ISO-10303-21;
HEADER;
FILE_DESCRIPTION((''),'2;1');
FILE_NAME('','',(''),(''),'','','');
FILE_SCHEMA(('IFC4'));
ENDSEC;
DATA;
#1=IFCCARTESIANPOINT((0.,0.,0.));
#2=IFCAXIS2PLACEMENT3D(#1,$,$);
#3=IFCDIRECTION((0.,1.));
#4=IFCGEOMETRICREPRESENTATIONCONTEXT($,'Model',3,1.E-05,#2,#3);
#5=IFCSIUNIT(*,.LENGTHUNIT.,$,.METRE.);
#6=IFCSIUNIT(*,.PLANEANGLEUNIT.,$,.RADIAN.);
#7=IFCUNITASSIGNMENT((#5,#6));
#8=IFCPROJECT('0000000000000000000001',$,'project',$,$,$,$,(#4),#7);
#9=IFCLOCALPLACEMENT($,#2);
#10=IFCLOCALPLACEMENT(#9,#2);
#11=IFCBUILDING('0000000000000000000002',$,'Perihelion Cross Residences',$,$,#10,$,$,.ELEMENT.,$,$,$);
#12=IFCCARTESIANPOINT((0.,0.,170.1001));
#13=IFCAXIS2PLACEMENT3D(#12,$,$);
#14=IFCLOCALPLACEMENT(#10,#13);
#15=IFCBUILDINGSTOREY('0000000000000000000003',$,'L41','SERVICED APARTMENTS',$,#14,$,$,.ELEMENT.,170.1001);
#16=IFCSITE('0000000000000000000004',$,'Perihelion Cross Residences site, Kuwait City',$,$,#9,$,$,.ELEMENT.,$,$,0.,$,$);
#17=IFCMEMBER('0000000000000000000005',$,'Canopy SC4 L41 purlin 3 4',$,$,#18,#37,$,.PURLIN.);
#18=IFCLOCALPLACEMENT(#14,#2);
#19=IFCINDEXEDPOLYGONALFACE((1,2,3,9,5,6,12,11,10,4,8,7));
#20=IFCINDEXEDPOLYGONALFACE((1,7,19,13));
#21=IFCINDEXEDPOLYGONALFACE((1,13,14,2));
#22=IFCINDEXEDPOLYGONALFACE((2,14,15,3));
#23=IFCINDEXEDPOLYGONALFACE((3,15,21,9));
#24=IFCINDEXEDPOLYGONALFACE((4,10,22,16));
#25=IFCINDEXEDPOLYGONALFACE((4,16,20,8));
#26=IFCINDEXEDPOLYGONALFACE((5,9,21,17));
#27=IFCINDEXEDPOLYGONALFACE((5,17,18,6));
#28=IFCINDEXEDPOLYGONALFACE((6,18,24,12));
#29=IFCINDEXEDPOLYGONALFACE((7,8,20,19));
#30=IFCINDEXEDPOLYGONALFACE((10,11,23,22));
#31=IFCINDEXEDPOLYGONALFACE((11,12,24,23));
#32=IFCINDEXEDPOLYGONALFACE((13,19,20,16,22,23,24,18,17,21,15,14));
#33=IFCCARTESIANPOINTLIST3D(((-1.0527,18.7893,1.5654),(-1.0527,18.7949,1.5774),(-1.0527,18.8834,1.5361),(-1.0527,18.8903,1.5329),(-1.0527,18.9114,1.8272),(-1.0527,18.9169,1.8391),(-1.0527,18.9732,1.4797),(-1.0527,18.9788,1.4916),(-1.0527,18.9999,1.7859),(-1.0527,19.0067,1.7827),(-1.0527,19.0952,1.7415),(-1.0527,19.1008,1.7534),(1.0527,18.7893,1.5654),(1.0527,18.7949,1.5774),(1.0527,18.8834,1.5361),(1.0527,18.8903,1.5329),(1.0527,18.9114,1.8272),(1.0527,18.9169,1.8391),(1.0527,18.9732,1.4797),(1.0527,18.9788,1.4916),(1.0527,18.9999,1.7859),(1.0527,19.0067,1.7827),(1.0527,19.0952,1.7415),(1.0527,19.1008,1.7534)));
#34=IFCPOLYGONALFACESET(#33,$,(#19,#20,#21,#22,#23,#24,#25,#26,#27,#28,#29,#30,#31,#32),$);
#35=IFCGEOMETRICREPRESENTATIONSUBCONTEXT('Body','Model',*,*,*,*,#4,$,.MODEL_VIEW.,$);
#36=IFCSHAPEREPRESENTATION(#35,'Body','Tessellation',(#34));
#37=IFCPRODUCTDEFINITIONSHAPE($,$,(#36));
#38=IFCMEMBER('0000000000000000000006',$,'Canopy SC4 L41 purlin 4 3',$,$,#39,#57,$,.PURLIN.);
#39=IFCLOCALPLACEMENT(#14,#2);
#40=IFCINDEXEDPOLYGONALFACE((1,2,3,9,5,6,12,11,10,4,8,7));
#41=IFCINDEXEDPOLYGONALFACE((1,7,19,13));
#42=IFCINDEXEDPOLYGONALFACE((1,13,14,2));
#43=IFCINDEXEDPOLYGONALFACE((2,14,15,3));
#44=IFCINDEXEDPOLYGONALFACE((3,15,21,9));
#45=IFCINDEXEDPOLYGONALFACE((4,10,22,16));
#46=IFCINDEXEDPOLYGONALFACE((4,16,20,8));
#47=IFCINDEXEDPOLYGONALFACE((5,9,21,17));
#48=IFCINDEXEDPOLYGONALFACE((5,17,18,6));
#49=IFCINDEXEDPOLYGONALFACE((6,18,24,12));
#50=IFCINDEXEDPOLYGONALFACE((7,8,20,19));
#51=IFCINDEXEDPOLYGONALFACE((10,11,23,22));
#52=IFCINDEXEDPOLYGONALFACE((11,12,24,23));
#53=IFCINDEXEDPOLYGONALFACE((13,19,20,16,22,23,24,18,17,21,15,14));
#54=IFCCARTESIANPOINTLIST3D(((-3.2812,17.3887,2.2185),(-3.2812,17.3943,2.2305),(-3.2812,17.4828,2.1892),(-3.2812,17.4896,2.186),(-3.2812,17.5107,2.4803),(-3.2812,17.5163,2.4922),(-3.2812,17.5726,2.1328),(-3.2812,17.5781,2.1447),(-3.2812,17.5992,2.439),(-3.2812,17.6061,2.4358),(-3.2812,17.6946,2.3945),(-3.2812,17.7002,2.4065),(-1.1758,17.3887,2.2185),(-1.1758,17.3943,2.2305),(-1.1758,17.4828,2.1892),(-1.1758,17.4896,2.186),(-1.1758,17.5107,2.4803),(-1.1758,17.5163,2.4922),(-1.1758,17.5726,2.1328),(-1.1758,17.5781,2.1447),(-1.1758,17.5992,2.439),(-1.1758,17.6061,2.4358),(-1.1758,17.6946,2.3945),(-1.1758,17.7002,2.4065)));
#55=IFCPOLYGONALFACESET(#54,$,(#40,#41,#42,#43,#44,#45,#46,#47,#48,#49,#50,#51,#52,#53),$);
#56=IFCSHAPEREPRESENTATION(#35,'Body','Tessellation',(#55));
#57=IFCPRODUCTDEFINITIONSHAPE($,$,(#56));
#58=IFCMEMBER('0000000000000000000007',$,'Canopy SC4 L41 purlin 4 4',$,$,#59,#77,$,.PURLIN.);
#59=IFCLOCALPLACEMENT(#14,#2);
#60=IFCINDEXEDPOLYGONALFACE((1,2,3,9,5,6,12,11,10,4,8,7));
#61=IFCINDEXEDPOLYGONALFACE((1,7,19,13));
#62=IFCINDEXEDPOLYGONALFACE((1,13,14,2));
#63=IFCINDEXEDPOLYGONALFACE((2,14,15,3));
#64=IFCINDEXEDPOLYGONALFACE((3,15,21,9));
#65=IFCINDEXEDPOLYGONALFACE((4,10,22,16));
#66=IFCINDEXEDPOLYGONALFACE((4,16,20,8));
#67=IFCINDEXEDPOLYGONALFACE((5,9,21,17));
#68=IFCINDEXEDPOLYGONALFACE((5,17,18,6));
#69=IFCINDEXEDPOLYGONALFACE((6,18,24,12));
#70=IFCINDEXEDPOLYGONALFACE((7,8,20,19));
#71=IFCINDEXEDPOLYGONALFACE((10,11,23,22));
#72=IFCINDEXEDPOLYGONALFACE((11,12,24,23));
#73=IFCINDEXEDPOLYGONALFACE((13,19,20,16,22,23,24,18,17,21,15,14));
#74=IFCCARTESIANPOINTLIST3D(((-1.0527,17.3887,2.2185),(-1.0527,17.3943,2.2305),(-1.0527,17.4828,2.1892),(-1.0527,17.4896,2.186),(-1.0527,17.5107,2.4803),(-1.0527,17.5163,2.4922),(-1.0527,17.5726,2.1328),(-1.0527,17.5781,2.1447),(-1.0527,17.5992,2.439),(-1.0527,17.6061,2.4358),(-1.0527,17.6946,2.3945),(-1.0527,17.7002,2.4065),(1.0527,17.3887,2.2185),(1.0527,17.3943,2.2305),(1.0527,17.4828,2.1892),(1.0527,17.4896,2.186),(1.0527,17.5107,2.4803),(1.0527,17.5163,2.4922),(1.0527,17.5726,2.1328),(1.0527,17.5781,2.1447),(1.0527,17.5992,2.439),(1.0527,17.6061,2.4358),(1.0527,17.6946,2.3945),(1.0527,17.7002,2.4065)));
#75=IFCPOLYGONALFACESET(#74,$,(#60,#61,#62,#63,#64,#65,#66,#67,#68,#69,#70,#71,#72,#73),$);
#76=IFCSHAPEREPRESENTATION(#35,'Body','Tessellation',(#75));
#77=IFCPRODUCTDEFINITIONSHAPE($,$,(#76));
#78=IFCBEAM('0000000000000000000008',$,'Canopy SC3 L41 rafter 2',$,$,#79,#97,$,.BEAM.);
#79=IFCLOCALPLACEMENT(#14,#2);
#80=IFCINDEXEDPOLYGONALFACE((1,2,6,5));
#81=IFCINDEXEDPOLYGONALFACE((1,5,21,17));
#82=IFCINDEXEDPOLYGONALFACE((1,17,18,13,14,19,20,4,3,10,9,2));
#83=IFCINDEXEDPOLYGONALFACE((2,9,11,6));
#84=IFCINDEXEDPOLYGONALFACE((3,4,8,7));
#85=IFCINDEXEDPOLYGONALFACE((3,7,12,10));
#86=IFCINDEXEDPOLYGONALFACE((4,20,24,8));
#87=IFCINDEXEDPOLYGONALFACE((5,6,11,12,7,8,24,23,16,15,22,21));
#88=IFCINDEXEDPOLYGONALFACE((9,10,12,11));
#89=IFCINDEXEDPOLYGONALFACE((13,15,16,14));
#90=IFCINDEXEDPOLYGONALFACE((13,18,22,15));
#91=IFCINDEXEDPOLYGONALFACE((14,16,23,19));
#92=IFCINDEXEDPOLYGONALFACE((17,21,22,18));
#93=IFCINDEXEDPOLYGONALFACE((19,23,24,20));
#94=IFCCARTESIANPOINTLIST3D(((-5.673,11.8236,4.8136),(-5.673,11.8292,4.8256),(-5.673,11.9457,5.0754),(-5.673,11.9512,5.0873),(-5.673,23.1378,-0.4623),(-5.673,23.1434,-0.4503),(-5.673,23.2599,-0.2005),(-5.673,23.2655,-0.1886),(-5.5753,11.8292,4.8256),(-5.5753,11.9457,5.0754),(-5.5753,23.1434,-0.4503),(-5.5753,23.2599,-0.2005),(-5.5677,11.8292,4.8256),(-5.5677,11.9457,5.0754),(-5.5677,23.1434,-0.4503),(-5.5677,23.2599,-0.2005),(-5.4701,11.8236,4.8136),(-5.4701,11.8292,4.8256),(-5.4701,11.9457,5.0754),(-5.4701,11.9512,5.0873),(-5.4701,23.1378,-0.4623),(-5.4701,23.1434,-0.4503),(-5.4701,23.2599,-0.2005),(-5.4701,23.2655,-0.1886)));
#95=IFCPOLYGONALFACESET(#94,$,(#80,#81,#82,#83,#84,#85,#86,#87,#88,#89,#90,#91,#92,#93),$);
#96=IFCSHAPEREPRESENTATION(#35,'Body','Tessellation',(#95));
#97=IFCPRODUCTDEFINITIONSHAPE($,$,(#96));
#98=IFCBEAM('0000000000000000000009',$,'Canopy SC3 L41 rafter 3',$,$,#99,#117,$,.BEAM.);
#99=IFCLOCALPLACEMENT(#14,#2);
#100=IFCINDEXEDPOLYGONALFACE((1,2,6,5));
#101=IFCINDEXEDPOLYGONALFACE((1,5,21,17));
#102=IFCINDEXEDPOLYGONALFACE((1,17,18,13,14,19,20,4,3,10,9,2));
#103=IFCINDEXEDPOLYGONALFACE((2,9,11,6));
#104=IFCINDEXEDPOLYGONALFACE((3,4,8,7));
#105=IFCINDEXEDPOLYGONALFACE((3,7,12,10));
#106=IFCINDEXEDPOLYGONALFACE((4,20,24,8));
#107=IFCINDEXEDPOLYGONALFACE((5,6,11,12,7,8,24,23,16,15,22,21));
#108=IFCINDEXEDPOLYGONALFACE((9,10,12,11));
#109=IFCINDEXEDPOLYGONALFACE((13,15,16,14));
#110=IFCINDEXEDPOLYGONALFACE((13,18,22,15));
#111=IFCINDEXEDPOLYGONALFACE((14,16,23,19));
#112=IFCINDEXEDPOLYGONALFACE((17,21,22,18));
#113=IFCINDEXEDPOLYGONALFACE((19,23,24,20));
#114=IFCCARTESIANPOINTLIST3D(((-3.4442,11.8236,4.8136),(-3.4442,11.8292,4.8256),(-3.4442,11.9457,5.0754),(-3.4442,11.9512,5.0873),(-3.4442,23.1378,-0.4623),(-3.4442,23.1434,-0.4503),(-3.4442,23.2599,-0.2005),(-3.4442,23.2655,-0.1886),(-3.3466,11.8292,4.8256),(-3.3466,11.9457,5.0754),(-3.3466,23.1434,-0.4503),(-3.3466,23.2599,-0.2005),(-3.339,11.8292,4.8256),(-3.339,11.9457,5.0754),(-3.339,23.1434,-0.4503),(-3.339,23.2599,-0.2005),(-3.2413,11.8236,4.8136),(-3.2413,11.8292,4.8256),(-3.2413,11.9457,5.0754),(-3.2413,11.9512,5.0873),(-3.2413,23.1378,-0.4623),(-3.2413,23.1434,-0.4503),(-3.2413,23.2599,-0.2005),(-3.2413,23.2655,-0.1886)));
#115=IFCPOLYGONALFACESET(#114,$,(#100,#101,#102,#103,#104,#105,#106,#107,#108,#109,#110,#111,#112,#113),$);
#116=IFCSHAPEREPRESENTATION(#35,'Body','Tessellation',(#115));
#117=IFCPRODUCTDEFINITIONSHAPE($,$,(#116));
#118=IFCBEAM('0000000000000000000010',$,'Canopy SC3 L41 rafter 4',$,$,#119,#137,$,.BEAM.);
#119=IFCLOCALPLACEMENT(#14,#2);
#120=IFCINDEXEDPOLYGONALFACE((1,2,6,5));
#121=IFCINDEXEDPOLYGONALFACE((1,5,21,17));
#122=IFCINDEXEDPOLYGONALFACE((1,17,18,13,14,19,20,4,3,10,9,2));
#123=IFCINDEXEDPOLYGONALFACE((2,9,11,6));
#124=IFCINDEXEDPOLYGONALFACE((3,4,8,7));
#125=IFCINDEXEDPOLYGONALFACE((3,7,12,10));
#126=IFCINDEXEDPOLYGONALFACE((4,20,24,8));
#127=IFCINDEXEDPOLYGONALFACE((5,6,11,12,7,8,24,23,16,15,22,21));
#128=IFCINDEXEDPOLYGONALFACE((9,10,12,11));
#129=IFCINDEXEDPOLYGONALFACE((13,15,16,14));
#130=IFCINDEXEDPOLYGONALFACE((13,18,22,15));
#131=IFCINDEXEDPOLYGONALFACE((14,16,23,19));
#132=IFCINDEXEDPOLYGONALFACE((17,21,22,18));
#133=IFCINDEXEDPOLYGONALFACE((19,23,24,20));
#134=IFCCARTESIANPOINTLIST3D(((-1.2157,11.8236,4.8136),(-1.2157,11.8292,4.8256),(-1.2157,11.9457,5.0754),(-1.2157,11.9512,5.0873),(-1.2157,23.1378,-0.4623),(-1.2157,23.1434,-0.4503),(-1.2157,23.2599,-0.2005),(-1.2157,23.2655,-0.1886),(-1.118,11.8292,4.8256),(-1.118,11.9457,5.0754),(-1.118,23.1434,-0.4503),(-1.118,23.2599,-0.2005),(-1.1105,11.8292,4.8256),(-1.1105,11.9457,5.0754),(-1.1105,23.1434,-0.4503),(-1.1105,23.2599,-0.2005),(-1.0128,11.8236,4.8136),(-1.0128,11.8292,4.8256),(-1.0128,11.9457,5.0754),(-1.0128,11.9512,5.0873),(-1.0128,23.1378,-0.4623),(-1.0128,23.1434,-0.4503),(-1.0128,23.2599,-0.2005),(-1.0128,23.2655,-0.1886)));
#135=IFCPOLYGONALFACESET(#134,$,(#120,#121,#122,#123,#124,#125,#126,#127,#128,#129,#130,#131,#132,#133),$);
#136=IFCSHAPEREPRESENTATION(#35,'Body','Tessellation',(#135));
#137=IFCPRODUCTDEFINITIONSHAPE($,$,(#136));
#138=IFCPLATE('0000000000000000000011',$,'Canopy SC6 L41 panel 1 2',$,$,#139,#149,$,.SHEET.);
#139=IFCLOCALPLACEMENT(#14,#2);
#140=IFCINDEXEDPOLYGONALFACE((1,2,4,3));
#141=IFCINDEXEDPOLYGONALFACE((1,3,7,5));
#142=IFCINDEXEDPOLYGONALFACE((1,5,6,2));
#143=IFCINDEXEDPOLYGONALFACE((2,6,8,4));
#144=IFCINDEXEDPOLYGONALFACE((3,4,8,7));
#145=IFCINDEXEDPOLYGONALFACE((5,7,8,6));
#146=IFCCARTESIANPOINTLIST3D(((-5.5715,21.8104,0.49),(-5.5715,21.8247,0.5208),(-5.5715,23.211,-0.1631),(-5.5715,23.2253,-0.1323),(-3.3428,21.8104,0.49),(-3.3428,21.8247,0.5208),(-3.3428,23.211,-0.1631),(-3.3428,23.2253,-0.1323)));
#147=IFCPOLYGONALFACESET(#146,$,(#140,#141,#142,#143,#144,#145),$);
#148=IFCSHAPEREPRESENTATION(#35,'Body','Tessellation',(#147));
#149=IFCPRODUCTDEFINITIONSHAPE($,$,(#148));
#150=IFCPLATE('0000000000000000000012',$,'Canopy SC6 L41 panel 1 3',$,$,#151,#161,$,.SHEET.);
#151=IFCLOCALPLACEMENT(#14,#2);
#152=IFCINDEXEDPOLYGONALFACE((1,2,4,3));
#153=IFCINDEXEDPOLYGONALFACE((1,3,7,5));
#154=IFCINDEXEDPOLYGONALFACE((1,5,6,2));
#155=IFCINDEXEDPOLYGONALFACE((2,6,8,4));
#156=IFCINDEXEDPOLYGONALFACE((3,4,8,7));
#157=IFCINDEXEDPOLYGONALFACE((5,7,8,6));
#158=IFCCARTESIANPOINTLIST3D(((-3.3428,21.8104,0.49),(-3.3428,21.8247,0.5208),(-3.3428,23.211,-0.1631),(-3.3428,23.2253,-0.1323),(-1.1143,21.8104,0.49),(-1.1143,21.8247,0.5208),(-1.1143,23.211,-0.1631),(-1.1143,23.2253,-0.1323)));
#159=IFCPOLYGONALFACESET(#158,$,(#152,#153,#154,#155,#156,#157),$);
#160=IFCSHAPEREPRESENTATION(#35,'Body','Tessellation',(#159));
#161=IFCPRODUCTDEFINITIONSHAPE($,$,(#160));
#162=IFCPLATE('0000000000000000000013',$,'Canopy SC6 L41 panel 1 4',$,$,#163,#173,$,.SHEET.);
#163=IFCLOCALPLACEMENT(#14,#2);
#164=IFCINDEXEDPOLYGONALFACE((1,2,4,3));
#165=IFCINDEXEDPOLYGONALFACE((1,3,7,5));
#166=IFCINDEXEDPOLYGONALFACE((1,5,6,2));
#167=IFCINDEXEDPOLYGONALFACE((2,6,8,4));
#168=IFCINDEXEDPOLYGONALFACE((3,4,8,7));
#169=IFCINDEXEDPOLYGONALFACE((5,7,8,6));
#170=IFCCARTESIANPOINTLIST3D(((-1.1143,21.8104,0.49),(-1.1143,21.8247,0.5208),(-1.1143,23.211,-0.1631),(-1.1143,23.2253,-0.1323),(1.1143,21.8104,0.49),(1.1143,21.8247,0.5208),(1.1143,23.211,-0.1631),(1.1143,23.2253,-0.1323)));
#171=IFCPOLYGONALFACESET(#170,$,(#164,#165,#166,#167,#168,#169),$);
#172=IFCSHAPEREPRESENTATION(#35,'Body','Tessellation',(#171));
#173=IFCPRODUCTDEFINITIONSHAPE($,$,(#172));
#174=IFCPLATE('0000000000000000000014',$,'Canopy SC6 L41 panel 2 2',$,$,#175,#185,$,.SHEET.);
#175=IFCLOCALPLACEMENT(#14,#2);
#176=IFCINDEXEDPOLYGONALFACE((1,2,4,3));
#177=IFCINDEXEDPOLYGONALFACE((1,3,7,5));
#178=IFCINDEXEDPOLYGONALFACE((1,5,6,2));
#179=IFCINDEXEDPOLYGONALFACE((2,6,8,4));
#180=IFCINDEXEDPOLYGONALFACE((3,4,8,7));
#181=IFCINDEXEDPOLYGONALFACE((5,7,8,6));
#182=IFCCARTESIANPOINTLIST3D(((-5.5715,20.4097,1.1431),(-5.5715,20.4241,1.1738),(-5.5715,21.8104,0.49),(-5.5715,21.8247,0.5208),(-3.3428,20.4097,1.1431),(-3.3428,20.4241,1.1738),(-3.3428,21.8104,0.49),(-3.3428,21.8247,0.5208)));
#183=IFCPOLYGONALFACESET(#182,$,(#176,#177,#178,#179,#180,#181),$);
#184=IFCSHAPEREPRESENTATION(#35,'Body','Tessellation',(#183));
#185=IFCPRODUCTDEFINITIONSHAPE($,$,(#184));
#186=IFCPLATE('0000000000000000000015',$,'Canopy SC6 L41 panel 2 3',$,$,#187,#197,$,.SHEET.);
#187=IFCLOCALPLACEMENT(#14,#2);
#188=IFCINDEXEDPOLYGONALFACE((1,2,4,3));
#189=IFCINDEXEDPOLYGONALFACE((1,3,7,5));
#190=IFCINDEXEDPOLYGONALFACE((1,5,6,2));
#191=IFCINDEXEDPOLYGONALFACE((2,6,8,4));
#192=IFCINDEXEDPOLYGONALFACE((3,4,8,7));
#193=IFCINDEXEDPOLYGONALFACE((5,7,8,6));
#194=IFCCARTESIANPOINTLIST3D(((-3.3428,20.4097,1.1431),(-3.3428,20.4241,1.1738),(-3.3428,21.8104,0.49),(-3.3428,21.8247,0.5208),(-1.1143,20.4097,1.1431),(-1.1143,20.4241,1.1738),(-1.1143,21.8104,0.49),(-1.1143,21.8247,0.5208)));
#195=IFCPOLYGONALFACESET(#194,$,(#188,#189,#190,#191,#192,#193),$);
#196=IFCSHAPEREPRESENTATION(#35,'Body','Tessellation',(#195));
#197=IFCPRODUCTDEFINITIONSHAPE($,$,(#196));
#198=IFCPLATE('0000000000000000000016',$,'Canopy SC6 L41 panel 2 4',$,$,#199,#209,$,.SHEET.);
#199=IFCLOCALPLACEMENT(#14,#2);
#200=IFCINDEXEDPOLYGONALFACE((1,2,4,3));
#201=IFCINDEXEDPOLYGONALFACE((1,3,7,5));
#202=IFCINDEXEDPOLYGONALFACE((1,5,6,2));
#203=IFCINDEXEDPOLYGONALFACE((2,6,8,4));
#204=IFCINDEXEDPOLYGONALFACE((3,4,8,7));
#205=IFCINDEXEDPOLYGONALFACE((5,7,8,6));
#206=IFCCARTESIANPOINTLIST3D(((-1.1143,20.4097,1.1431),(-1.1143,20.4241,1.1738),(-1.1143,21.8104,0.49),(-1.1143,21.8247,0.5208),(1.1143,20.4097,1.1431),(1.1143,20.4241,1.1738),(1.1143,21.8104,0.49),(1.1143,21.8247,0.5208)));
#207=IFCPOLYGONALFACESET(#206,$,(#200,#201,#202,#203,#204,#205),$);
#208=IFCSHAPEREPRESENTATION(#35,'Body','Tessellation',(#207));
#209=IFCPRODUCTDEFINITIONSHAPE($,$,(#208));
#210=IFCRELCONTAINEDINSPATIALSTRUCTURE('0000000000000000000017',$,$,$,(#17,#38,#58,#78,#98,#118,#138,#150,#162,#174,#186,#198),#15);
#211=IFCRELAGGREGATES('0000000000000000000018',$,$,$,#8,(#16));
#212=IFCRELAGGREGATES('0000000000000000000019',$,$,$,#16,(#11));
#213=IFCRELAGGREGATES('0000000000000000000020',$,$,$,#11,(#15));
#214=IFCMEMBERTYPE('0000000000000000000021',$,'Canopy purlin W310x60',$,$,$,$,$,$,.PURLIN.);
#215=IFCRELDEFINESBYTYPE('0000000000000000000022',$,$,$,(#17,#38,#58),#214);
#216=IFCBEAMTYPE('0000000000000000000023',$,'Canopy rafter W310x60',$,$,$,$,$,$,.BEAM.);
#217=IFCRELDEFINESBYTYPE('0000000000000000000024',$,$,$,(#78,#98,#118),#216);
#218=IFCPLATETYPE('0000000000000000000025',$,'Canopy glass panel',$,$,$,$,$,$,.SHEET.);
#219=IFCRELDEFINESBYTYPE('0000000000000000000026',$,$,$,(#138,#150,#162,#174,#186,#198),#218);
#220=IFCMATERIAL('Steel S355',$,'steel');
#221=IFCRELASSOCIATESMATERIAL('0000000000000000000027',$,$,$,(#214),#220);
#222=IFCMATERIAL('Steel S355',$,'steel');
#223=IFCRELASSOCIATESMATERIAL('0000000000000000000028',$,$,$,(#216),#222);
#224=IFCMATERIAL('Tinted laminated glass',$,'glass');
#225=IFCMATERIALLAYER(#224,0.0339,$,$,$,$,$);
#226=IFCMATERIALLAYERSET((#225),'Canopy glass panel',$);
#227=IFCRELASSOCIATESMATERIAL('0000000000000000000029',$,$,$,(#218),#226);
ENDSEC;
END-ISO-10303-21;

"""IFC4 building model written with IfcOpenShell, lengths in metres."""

from ifc_helpers import new_model, si_unit, direction, frame, origin, origin_2d, place, context, subcontext, project, spatial, polyline, i_section, outline, extrude, material, layer, layer_set, material_profile, profile_set, type_object, element, save


model = new_model("IFC4")

# Units and contexts
model_context = context("Model", 3, precision=1e-05, world=origin(), true_north=direction((0.0, 1.0)))
body_context = subcontext(model_context, "Body", "Model", "MODEL_VIEW")
ifc_project = project(units=[si_unit("LENGTHUNIT", "METRE"), si_unit("PLANEANGLEUNIT", "RADIAN")], contexts=[model_context])

# Site, building, storey
site_placement = place(None, origin())
site = spatial("IfcSite", under=ifc_project, at=site_placement, Name="Perihelion Cross Residences site, Kuwait City", CompositionType="ELEMENT", RefElevation=0.0)
building_placement = place(site_placement, origin())
building = spatial("IfcBuilding", under=site, at=building_placement, Name="Perihelion Cross Residences", CompositionType="ELEMENT")
storey_placement = place(building_placement, frame((0.0, 0.0, 170.1001)))
storey = spatial("IfcBuildingStorey", under=building, at=storey_placement, Name="L41", Description="SERVICED APARTMENTS", CompositionType="ELEMENT", Elevation=170.1001)

# Members
ifc_material_1 = material(Name="Steel S355", Category="steel")
ifc_material_profile_1 = material_profile(ifc_material_1, i_section(OverallWidth=0.2029, OverallDepth=0.302, WebThickness=0.0076, FlangeThickness=0.0132, at=origin_2d()), Name="W310x60")
ifc_profile_set_1 = profile_set([ifc_material_profile_1], Name="Steel S355")
member_type = type_object("IfcMemberType", Name="Canopy purlin W310x60", PredefinedType="PURLIN", material=ifc_profile_set_1)
for number, where, z_axis, x_axis, name in (
    (1, (-1.0527, 18.9451, 1.6594), (1.0, 0.0, 0.0), (0.0, 0.906308, -0.422618), "Canopy SC4 L41 purlin 3 4"),
    (2, (-3.2812, 17.5444, 2.3125), (1.0, 0.0, 0.0), (0.0, 0.906308, -0.422618), "Canopy SC4 L41 purlin 4 3"),
    (3, (-1.0527, 17.5444, 2.3125), (1.0, 0.0, 0.0), (0.0, 0.906308, -0.422618), "Canopy SC4 L41 purlin 4 4"),
):
    element("IfcMember", number, at=place(storey_placement, frame(where, z_axis=z_axis, x_axis=x_axis)), inside=storey, type_object=member_type, Name=name, PredefinedType="PURLIN", context=body_context, shape_type="SweptSolid", body=[
        extrude(i_section(OverallWidth=0.2029, OverallDepth=0.302, WebThickness=0.0076, FlangeThickness=0.0132, at=origin_2d()), origin(), (0.0, 0.0, 1.0), 2.1055),
    ])

# Beams
ifc_material_2 = material(Name="Steel S355", Category="steel")
ifc_material_profile_2 = material_profile(ifc_material_2, i_section(OverallWidth=0.2029, OverallDepth=0.302, WebThickness=0.0076, FlangeThickness=0.0132, at=origin_2d()), Name="W310x60")
ifc_profile_set_2 = profile_set([ifc_material_profile_2], Name="Steel S355")
beam_type = type_object("IfcBeamType", Name="Canopy rafter W310x60", PredefinedType="BEAM", material=ifc_profile_set_2)
for number, where, z_axis, x_axis, name in (
    (4, (-5.5715, 23.2017, -0.3254), (0.0, -0.906309, 0.422617), (1.0, 0.0, 0.0), "Canopy SC3 L41 rafter 2"),
    (5, (-3.3428, 23.2017, -0.3254), (0.0, -0.906309, 0.422617), (1.0, 0.0, 0.0), "Canopy SC3 L41 rafter 3"),
    (6, (-1.1143, 23.2017, -0.3254), (0.0, -0.906309, 0.422617), (1.0, 0.0, 0.0), "Canopy SC3 L41 rafter 4"),
):
    element("IfcBeam", number, at=place(storey_placement, frame(where, z_axis=z_axis, x_axis=x_axis)), inside=storey, type_object=beam_type, Name=name, PredefinedType="BEAM", context=body_context, shape_type="SweptSolid", body=[
        extrude(i_section(OverallWidth=0.2029, OverallDepth=0.302, WebThickness=0.0076, FlangeThickness=0.0132, at=origin_2d()), origin(), (0.0, 0.0, 1.0), 12.4839),
    ])

# Plates
ifc_material_3 = material(Name="Tinted laminated glass", Category="glass")
ifc_layer = layer(ifc_material_3, 0.0339)
ifc_layer_set = layer_set([ifc_layer], Name="Canopy glass panel")
plate_type = type_object("IfcPlateType", Name="Canopy glass panel", PredefinedType="SHEET", material=ifc_layer_set)
plate_1_placement = place(storey_placement, frame((-5.5715, 23.2253, -0.1323), z_axis=(0.0, 0.422591, 0.90632), x_axis=(1.0, 0.0, 0.0)))
element("IfcPlate", 7, at=plate_1_placement, inside=storey, type_object=plate_type, Name="Canopy SC6 L41 panel 1 2", PredefinedType="SHEET", context=body_context, shape_type="SweptSolid", body=[
    extrude(outline(polyline([(0.0, 0.0), (2.2288, 0.0), (2.2288, -1.5454), (0.0, -1.5454), (0.0, 0.0)])), origin(), (0.0, 0.0, -1.0), 0.0339),
])
for number, where, z_axis, x_axis, name in (
    (8, (-3.3428, 23.2253, -0.1323), (0.0, 0.422591, 0.90632), (1.0, 0.0, 0.0), "Canopy SC6 L41 panel 1 3"),
    (9, (-1.1143, 23.2253, -0.1323), (0.0, 0.422591, 0.90632), (1.0, 0.0, 0.0), "Canopy SC6 L41 panel 1 4"),
):
    element("IfcPlate", number, at=place(storey_placement, frame(where, z_axis=z_axis, x_axis=x_axis)), inside=storey, type_object=plate_type, Name=name, PredefinedType="SHEET", context=body_context, shape_type="SweptSolid", body=[
        extrude(outline(polyline([(0.0, 0.0), (2.2285, 0.0), (2.2285, -1.5454), (0.0, -1.5454), (0.0, 0.0)])), origin(), (0.0, 0.0, -1.0), 0.0339),
    ])
plate_2_placement = place(storey_placement, frame((-5.5715, 21.8247, 0.5208), z_axis=(0.0, 0.422591, 0.90632), x_axis=(1.0, 0.0, 0.0)))
element("IfcPlate", 10, at=plate_2_placement, inside=storey, type_object=plate_type, Name="Canopy SC6 L41 panel 2 2", PredefinedType="SHEET", context=body_context, shape_type="SweptSolid", body=[
    extrude(outline(polyline([(0.0, 0.0), (2.2288, 0.0), (2.2288, -1.5454), (0.0, -1.5454), (0.0, 0.0)])), origin(), (0.0, 0.0, -1.0), 0.0339),
])
for number, where, z_axis, x_axis, name in (
    (11, (-3.3428, 21.8247, 0.5208), (0.0, 0.422591, 0.90632), (1.0, 0.0, 0.0), "Canopy SC6 L41 panel 2 3"),
    (12, (-1.1143, 21.8247, 0.5208), (0.0, 0.422591, 0.90632), (1.0, 0.0, 0.0), "Canopy SC6 L41 panel 2 4"),
):
    element("IfcPlate", number, at=place(storey_placement, frame(where, z_axis=z_axis, x_axis=x_axis)), inside=storey, type_object=plate_type, Name=name, PredefinedType="SHEET", context=body_context, shape_type="SweptSolid", body=[
        extrude(outline(polyline([(0.0, 0.0), (2.2285, 0.0), (2.2285, -1.5454), (0.0, -1.5454), (0.0, 0.0)])), origin(), (0.0, 0.0, -1.0), 0.0339),
    ])

save(model, "model.ifc")
